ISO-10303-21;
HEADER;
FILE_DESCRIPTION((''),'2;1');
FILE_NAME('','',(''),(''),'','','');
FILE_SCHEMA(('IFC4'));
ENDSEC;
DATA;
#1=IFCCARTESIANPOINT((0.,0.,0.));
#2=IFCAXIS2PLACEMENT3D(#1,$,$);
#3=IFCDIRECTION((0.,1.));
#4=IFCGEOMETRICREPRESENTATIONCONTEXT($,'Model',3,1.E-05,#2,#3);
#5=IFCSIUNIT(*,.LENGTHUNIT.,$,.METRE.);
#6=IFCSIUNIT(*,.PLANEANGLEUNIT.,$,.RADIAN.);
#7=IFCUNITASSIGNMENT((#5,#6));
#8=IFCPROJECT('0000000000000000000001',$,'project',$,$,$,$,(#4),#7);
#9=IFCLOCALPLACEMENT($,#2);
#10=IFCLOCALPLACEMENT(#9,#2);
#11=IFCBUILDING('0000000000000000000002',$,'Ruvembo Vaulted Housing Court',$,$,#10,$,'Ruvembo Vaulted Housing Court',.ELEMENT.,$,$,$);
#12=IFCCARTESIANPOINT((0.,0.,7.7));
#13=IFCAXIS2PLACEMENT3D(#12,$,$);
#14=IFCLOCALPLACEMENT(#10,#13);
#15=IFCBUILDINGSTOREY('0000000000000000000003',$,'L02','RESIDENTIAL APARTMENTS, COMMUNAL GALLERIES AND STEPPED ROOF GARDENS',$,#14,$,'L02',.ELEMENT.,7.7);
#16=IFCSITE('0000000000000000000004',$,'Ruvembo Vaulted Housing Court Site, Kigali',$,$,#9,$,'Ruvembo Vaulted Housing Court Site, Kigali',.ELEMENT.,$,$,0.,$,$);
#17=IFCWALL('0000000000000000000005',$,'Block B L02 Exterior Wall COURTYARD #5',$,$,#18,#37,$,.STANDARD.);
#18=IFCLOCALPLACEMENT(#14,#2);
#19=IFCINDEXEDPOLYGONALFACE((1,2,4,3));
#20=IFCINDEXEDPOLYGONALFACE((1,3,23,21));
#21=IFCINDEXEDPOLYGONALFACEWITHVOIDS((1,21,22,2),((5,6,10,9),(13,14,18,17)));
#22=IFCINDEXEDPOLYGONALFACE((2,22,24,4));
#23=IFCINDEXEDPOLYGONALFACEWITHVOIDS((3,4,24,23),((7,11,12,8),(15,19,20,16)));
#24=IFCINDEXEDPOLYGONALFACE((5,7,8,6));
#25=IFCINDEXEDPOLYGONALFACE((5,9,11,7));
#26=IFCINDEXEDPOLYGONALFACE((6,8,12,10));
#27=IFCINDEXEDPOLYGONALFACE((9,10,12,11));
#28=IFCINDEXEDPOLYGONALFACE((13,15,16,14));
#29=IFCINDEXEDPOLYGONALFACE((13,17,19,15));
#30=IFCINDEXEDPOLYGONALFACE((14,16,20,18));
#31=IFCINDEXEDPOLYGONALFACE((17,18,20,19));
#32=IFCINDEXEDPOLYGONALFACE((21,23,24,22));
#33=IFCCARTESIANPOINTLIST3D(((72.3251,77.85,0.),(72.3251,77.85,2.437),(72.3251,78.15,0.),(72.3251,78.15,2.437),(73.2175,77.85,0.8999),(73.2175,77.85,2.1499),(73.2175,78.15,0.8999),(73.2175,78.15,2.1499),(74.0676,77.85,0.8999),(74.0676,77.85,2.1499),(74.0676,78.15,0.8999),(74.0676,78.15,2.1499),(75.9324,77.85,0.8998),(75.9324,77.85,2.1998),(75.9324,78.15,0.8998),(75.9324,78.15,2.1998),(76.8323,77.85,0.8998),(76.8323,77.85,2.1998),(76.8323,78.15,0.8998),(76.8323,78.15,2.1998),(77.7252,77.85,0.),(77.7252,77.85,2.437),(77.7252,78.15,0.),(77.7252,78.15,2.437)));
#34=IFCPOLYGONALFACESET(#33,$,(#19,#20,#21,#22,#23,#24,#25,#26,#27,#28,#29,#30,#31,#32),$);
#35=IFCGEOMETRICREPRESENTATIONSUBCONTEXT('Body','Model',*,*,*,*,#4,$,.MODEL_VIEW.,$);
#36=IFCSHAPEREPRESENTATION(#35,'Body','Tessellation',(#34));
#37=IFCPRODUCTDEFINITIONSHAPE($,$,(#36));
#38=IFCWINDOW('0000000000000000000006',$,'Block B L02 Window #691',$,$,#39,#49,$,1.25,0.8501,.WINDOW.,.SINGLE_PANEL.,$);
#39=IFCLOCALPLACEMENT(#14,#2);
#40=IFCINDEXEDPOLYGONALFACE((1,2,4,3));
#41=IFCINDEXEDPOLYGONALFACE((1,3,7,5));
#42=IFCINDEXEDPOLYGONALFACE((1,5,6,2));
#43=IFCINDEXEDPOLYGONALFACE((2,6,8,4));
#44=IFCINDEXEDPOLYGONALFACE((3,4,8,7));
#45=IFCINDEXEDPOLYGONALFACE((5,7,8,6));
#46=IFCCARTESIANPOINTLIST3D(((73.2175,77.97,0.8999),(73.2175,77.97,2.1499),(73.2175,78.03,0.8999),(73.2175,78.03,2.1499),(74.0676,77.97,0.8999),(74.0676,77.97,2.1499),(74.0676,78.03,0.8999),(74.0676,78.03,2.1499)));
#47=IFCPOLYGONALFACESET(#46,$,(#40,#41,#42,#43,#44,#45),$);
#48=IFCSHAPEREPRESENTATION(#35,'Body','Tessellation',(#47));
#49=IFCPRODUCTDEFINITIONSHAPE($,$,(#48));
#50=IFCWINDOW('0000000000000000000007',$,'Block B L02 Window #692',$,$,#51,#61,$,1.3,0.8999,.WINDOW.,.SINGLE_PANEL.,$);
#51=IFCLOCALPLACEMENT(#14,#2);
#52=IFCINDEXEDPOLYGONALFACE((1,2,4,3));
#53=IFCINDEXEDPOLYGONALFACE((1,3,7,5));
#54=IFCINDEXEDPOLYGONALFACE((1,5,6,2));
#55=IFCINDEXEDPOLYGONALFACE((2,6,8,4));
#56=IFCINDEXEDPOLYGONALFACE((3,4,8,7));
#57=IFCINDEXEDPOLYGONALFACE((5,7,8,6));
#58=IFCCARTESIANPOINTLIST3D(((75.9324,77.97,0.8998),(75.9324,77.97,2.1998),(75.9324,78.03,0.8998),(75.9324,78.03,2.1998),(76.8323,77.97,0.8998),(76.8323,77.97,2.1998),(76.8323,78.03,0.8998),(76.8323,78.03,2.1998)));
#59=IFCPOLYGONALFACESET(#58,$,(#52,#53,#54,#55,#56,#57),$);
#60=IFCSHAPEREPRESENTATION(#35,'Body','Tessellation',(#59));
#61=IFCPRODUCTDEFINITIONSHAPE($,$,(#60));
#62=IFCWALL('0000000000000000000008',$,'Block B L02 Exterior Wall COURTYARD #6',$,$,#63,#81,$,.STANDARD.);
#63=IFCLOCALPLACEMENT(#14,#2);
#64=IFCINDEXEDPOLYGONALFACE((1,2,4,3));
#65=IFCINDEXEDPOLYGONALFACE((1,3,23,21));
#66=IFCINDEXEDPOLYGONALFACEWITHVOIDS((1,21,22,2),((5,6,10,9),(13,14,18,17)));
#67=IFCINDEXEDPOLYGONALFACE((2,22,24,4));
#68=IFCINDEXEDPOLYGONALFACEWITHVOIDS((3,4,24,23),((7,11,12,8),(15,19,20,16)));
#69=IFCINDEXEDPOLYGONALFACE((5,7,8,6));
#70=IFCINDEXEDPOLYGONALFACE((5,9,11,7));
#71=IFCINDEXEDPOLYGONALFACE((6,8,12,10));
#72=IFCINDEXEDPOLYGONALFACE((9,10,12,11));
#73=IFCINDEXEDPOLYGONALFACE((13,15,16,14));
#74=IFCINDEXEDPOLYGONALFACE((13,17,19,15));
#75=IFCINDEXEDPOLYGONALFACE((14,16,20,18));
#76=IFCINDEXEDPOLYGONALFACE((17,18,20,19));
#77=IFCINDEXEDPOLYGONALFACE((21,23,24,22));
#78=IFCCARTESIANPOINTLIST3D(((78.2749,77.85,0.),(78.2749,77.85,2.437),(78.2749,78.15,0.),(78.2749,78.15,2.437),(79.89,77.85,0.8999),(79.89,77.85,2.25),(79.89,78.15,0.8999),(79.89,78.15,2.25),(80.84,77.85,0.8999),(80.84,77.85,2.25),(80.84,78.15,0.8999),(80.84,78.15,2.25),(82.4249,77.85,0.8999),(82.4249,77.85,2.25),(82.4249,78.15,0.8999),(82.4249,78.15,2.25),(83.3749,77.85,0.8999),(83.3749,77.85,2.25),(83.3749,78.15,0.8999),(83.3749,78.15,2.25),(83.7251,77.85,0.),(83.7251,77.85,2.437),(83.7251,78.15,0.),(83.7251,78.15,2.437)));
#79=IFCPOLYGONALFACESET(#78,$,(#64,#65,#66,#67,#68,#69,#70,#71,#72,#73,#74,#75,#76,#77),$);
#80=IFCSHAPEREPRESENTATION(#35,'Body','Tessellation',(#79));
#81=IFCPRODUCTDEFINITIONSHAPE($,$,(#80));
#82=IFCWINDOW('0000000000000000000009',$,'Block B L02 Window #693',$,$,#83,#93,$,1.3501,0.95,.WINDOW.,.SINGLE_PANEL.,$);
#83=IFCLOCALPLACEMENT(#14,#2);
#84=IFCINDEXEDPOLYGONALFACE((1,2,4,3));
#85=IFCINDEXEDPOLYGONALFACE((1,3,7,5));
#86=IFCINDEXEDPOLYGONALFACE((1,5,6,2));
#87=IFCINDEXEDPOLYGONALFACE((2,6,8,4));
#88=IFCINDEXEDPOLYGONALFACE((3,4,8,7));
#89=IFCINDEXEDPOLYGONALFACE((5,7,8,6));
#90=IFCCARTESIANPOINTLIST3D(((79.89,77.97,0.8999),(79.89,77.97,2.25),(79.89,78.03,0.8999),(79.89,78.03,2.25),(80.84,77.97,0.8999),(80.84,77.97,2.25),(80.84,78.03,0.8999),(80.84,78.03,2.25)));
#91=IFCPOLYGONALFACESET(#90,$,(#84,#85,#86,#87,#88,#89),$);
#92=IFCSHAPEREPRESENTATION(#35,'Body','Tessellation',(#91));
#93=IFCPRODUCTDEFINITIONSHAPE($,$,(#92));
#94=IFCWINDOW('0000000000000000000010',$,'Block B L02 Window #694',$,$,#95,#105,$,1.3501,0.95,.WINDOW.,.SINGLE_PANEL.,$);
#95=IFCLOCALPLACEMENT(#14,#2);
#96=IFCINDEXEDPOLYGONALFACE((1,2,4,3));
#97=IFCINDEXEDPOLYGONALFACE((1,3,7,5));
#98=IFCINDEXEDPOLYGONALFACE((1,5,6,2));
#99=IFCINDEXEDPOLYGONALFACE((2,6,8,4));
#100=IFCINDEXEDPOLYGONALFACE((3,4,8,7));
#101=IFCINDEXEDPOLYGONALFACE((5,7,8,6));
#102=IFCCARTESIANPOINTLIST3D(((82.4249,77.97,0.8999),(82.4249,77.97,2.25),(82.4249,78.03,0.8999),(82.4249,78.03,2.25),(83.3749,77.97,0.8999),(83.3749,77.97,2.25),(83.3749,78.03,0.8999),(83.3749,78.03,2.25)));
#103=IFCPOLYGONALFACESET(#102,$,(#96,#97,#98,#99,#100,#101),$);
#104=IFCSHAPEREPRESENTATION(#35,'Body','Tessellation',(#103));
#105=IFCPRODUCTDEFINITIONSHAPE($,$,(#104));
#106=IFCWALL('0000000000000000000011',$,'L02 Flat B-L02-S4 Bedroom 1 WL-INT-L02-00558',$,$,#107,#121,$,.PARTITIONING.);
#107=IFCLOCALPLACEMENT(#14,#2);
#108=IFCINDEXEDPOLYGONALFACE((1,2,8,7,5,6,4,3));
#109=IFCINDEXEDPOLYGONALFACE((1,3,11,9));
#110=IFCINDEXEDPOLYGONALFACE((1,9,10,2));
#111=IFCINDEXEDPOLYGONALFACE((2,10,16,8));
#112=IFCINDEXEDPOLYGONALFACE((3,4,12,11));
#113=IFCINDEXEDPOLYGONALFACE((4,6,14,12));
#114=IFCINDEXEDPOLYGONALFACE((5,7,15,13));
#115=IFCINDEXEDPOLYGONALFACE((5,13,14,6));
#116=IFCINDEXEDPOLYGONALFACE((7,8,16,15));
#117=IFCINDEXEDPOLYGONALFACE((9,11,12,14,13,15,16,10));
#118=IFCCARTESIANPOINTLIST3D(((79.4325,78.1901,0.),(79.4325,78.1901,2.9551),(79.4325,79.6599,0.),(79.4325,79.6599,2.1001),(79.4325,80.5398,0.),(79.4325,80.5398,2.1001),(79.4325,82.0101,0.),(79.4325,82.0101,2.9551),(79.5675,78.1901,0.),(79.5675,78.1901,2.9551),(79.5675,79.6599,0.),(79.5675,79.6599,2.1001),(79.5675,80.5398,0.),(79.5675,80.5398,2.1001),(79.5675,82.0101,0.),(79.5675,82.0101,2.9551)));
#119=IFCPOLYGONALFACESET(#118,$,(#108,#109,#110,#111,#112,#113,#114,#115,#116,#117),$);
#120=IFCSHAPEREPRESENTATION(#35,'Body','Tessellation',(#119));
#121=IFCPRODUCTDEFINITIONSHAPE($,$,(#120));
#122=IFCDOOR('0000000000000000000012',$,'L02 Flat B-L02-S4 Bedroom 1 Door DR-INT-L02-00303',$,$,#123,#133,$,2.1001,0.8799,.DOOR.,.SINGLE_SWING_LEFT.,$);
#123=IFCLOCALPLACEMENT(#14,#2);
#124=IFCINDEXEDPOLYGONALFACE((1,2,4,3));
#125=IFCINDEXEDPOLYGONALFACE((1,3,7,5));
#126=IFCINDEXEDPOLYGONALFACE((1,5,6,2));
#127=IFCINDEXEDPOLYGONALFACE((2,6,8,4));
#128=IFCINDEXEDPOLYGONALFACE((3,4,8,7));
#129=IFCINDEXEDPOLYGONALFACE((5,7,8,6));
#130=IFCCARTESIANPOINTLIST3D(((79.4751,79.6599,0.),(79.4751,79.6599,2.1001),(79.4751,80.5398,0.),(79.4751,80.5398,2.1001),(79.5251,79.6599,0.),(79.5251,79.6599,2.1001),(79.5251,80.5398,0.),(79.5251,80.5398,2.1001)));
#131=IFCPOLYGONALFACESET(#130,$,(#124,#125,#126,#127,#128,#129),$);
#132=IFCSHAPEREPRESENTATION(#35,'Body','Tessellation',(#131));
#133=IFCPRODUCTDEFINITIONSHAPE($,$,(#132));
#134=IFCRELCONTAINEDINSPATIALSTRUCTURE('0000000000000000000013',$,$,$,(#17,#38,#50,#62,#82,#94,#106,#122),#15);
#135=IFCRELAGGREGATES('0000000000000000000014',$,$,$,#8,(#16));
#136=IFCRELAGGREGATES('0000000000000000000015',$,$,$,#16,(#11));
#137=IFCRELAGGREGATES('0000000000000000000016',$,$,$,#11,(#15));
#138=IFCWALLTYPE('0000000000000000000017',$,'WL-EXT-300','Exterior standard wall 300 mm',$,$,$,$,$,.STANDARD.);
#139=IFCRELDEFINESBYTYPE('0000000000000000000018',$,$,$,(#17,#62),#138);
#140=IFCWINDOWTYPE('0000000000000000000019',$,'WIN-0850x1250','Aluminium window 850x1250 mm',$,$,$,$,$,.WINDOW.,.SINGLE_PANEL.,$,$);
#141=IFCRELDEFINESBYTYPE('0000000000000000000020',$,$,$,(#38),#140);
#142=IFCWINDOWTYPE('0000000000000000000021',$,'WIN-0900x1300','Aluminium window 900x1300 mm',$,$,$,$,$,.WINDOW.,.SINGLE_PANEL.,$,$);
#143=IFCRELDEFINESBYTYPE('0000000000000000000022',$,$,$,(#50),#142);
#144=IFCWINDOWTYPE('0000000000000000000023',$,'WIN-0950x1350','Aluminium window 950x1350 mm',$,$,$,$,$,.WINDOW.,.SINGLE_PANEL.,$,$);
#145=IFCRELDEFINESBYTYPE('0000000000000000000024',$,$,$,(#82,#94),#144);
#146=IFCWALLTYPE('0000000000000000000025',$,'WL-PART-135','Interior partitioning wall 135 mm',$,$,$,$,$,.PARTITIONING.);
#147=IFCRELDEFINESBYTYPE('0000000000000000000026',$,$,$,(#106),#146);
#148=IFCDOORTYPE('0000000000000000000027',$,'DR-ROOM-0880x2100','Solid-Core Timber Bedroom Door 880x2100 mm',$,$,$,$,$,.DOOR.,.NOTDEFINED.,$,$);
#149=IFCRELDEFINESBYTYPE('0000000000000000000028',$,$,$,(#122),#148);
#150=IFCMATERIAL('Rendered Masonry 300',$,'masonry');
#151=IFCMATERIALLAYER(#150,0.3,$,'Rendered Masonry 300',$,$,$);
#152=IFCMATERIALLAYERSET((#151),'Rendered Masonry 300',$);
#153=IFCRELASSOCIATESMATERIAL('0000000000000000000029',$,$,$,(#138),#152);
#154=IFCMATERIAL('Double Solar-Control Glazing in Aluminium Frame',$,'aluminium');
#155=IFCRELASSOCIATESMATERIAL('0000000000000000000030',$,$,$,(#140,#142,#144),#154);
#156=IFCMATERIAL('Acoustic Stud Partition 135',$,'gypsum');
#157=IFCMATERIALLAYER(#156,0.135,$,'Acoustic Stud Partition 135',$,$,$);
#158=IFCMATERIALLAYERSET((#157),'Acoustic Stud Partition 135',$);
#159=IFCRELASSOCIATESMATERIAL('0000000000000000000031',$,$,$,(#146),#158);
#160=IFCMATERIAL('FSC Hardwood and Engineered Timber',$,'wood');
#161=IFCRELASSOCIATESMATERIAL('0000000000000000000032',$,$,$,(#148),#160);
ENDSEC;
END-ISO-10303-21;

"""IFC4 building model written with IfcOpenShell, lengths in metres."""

from ifc_helpers import new_model, si_unit, direction, frame, frame_2d, origin, place, context, subcontext, project, spatial, rectangle, extrude, material, layer, layer_set, type_object, element, fill, save


model = new_model("IFC4")

# Units and contexts
model_context = context("Model", 3, precision=1e-05, world=origin(), true_north=direction((0.0, 1.0)))
body_context = subcontext(model_context, "Body", "Model", "MODEL_VIEW")
ifc_project = project(units=[si_unit("LENGTHUNIT", "METRE"), si_unit("PLANEANGLEUNIT", "RADIAN")], contexts=[model_context])

# Site, building, storey
site_placement = place(None, origin())
site = spatial("IfcSite", under=ifc_project, at=site_placement, Name="Ruvembo Vaulted Housing Court Site, Kigali", LongName="Ruvembo Vaulted Housing Court Site, Kigali", CompositionType="ELEMENT", RefElevation=0.0)
building_placement = place(site_placement, origin())
building = spatial("IfcBuilding", under=site, at=building_placement, Name="Ruvembo Vaulted Housing Court", LongName="Ruvembo Vaulted Housing Court", CompositionType="ELEMENT")
storey_placement = place(building_placement, frame((0.0, 0.0, 7.7)))
storey = spatial("IfcBuildingStorey", under=building, at=storey_placement, Name="L02", Description="RESIDENTIAL APARTMENTS, COMMUNAL GALLERIES AND STEPPED ROOF GARDENS", LongName="L02", CompositionType="ELEMENT", Elevation=7.7)

# Shared definitions
ifc_material_1 = material(Name="FSC Hardwood and Engineered Timber", Category="wood")

# Walls, openings, windows
ifc_material_2 = material(Name="Rendered Masonry 300", Category="masonry")
ifc_layer_1 = layer(ifc_material_2, 0.3, Name="Rendered Masonry 300")
ifc_layer_set_1 = layer_set([ifc_layer_1], Name="Rendered Masonry 300")
wall_type_1 = type_object("IfcWallType", Name="WL-EXT-300", Description="Exterior standard wall 300 mm", PredefinedType="STANDARD", material=ifc_layer_set_1)
wall_1_placement = place(storey_placement, frame((72.325, 78.0, 0.0), z_axis=(0.0, 0.0, 1.0), x_axis=(1.0, 0.0, 0.0)))
wall_1 = element("IfcWall", 1, at=wall_1_placement, inside=storey, type_object=wall_type_1, Name="Block B L02 Exterior Wall COURTYARD #5", PredefinedType="STANDARD", context=body_context, shape_type="SweptSolid", body=[
    extrude(rectangle(XDim=5.4001, YDim=0.3, at=frame_2d((2.7002, 0.0))), origin(), (0.0, 0.0, 1.0), 2.437),
])
opening_1_placement = place(wall_1_placement, frame((0.8926, 0.0, 0.8999)))
opening_1 = element("IfcOpeningElement", 2, at=opening_1_placement, cuts=wall_1, PredefinedType="OPENING", context=body_context, shape_type="SweptSolid", body=[
    extrude(rectangle(XDim=0.8501, YDim=1.25, at=frame_2d((0.425, 0.625))), frame((0.0, 0.1599, 0.0), z_axis=(0.0, -1.0, 0.0), x_axis=(1.0, 0.0, 0.0)), (0.0, 0.0, 1.0), 0.3201),
])
opening_2_placement = place(wall_1_placement, frame((3.6074, 0.0, 0.8999)))
opening_2 = element("IfcOpeningElement", 3, at=opening_2_placement, cuts=wall_1, PredefinedType="OPENING", context=body_context, shape_type="SweptSolid", body=[
    extrude(rectangle(XDim=0.8999, YDim=1.3, at=frame_2d((0.45, 0.6499))), frame((0.0, 0.1599, 0.0), z_axis=(0.0, -1.0, 0.0), x_axis=(1.0, 0.0, 0.0)), (0.0, 0.0, 1.0), 0.3201),
])
ifc_material_3 = material(Name="Double Solar-Control Glazing in Aluminium Frame", Category="aluminium")
window_type_1 = type_object("IfcWindowType", Name="WIN-0850x1250", Description="Aluminium window 850x1250 mm", PartitioningType="SINGLE_PANEL", PredefinedType="WINDOW", material=ifc_material_3)
window_1_placement = place(opening_1_placement, origin())
window_1 = element("IfcWindow", 4, at=window_1_placement, inside=storey, type_object=window_type_1, Name="Block B L02 Window #691", OverallHeight=1.25, OverallWidth=0.8501, PartitioningType="SINGLE_PANEL", PredefinedType="WINDOW", context=body_context, shape_type="SweptSolid", body=[
    extrude(rectangle(XDim=0.8501, YDim=1.25, at=frame_2d((0.425, 0.625))), frame((0.0, 0.03, 0.0), z_axis=(0.0, -1.0, 0.0), x_axis=(1.0, 0.0, 0.0)), (0.0, 0.0, 1.0), 0.0601),
])
fill(opening_1, window_1)
window_type_2 = type_object("IfcWindowType", Name="WIN-0900x1300", Description="Aluminium window 900x1300 mm", PartitioningType="SINGLE_PANEL", PredefinedType="WINDOW", material=ifc_material_3)
window_2_placement = place(opening_2_placement, origin())
window_2 = element("IfcWindow", 5, at=window_2_placement, inside=storey, type_object=window_type_2, Name="Block B L02 Window #692", OverallHeight=1.3, OverallWidth=0.8999, PartitioningType="SINGLE_PANEL", PredefinedType="WINDOW", context=body_context, shape_type="SweptSolid", body=[
    extrude(rectangle(XDim=0.8999, YDim=1.3, at=frame_2d((0.45, 0.6499))), frame((0.0, 0.03, 0.0), z_axis=(0.0, -1.0, 0.0), x_axis=(1.0, 0.0, 0.0)), (0.0, 0.0, 1.0), 0.0601),
])
fill(opening_2, window_2)
wall_2_placement = place(storey_placement, frame((78.2749, 78.0, 0.0), z_axis=(0.0, 0.0, 1.0), x_axis=(1.0, 0.0, 0.0)))
wall_2 = element("IfcWall", 6, at=wall_2_placement, inside=storey, type_object=wall_type_1, Name="Block B L02 Exterior Wall COURTYARD #6", PredefinedType="STANDARD", context=body_context, shape_type="SweptSolid", body=[
    extrude(rectangle(XDim=5.4502, YDim=0.3, at=frame_2d((2.7251, 0.0))), origin(), (0.0, 0.0, 1.0), 2.437),
])
opening_3_placement = place(wall_2_placement, frame((1.615, 0.0, 0.8999)))
opening_3 = element("IfcOpeningElement", 7, at=opening_3_placement, cuts=wall_2, PredefinedType="OPENING", context=body_context, shape_type="SweptSolid", body=[
    extrude(rectangle(XDim=0.95, YDim=1.3501, at=frame_2d((0.4751, 0.675))), frame((0.0, 0.1599, 0.0), z_axis=(0.0, -1.0, 0.0), x_axis=(1.0, 0.0, 0.0)), (0.0, 0.0, 1.0), 0.3201),
])
opening_4_placement = place(wall_2_placement, frame((4.1499, 0.0, 0.8999)))
opening_4 = element("IfcOpeningElement", 8, at=opening_4_placement, cuts=wall_2, PredefinedType="OPENING", context=body_context, shape_type="SweptSolid", body=[
    extrude(rectangle(XDim=0.95, YDim=1.3501, at=frame_2d((0.4751, 0.675))), frame((0.0, 0.1599, 0.0), z_axis=(0.0, -1.0, 0.0), x_axis=(1.0, 0.0, 0.0)), (0.0, 0.0, 1.0), 0.3201),
])
window_type_3 = type_object("IfcWindowType", Name="WIN-0950x1350", Description="Aluminium window 950x1350 mm", PartitioningType="SINGLE_PANEL", PredefinedType="WINDOW", material=ifc_material_3)
window_3_placement = place(opening_3_placement, origin())
window_3 = element("IfcWindow", 9, at=window_3_placement, inside=storey, type_object=window_type_3, Name="Block B L02 Window #693", OverallHeight=1.3501, OverallWidth=0.95, PartitioningType="SINGLE_PANEL", PredefinedType="WINDOW", context=body_context, shape_type="SweptSolid", body=[
    extrude(rectangle(XDim=0.95, YDim=1.3501, at=frame_2d((0.4751, 0.675))), frame((0.0, 0.03, 0.0), z_axis=(0.0, -1.0, 0.0), x_axis=(1.0, 0.0, 0.0)), (0.0, 0.0, 1.0), 0.0601),
])
fill(opening_3, window_3)
window_4_placement = place(opening_4_placement, origin())
window_4 = element("IfcWindow", 10, at=window_4_placement, inside=storey, type_object=window_type_3, Name="Block B L02 Window #694", OverallHeight=1.3501, OverallWidth=0.95, PartitioningType="SINGLE_PANEL", PredefinedType="WINDOW", context=body_context, shape_type="SweptSolid", body=[
    extrude(rectangle(XDim=0.95, YDim=1.3501, at=frame_2d((0.4751, 0.675))), frame((0.0, 0.03, 0.0), z_axis=(0.0, -1.0, 0.0), x_axis=(1.0, 0.0, 0.0)), (0.0, 0.0, 1.0), 0.0601),
])
fill(opening_4, window_4)

# Wall, opening, door
ifc_material_4 = material(Name="Acoustic Stud Partition 135", Category="gypsum")
ifc_layer_2 = layer(ifc_material_4, 0.135, Name="Acoustic Stud Partition 135")
ifc_layer_set_2 = layer_set([ifc_layer_2], Name="Acoustic Stud Partition 135")
wall_type_2 = type_object("IfcWallType", Name="WL-PART-135", Description="Interior partitioning wall 135 mm", PredefinedType="PARTITIONING", material=ifc_layer_set_2)
wall_3_placement = place(storey_placement, frame((79.5, 78.1899, 0.0), z_axis=(0.0, 0.0, 1.0), x_axis=(0.0, 1.0, 0.0)))
wall_3 = element("IfcWall", 11, at=wall_3_placement, inside=storey, type_object=wall_type_2, Name="L02 Flat B-L02-S4 Bedroom 1 WL-INT-L02-00558", PredefinedType="PARTITIONING", context=body_context, shape_type="SweptSolid", body=[
    extrude(rectangle(XDim=3.8201, YDim=0.135, at=frame_2d((1.9102, 0.0))), origin(), (0.0, 0.0, 1.0), 2.9551),
])
opening_5_placement = place(wall_3_placement, frame((1.47, 0.0, 0.0)))
opening_5 = element("IfcOpeningElement", 12, at=opening_5_placement, cuts=wall_3, PredefinedType="OPENING", context=body_context, shape_type="SweptSolid", body=[
    extrude(rectangle(XDim=0.8799, YDim=2.1001, at=frame_2d((0.4399, 1.05))), frame((0.0, 0.0774, 0.0), z_axis=(0.0, -1.0, 0.0), x_axis=(1.0, 0.0, 0.0)), (0.0, 0.0, 1.0), 0.155),
])
door_type_1 = type_object("IfcDoorType", Name="DR-ROOM-0880x2100", Description="Solid-Core Timber Bedroom Door 880x2100 mm", OperationType="NOTDEFINED", PredefinedType="DOOR", material=ifc_material_1)
door_1_placement = place(opening_5_placement, origin())
door_1 = element("IfcDoor", 13, at=door_1_placement, inside=storey, type_object=door_type_1, Name="L02 Flat B-L02-S4 Bedroom 1 Door DR-INT-L02-00303", OperationType="SINGLE_SWING_LEFT", OverallHeight=2.1001, OverallWidth=0.8799, PredefinedType="DOOR", context=body_context, shape_type="SweptSolid", body=[
    extrude(rectangle(XDim=0.8799, YDim=2.1001, at=frame_2d((0.4399, 1.05))), frame((0.0, 0.0249, 0.0), z_axis=(0.0, -1.0, 0.0), x_axis=(1.0, 0.0, 0.0)), (0.0, 0.0, 1.0), 0.05),
])
fill(opening_5, door_1)

save(model, "model.ifc")
